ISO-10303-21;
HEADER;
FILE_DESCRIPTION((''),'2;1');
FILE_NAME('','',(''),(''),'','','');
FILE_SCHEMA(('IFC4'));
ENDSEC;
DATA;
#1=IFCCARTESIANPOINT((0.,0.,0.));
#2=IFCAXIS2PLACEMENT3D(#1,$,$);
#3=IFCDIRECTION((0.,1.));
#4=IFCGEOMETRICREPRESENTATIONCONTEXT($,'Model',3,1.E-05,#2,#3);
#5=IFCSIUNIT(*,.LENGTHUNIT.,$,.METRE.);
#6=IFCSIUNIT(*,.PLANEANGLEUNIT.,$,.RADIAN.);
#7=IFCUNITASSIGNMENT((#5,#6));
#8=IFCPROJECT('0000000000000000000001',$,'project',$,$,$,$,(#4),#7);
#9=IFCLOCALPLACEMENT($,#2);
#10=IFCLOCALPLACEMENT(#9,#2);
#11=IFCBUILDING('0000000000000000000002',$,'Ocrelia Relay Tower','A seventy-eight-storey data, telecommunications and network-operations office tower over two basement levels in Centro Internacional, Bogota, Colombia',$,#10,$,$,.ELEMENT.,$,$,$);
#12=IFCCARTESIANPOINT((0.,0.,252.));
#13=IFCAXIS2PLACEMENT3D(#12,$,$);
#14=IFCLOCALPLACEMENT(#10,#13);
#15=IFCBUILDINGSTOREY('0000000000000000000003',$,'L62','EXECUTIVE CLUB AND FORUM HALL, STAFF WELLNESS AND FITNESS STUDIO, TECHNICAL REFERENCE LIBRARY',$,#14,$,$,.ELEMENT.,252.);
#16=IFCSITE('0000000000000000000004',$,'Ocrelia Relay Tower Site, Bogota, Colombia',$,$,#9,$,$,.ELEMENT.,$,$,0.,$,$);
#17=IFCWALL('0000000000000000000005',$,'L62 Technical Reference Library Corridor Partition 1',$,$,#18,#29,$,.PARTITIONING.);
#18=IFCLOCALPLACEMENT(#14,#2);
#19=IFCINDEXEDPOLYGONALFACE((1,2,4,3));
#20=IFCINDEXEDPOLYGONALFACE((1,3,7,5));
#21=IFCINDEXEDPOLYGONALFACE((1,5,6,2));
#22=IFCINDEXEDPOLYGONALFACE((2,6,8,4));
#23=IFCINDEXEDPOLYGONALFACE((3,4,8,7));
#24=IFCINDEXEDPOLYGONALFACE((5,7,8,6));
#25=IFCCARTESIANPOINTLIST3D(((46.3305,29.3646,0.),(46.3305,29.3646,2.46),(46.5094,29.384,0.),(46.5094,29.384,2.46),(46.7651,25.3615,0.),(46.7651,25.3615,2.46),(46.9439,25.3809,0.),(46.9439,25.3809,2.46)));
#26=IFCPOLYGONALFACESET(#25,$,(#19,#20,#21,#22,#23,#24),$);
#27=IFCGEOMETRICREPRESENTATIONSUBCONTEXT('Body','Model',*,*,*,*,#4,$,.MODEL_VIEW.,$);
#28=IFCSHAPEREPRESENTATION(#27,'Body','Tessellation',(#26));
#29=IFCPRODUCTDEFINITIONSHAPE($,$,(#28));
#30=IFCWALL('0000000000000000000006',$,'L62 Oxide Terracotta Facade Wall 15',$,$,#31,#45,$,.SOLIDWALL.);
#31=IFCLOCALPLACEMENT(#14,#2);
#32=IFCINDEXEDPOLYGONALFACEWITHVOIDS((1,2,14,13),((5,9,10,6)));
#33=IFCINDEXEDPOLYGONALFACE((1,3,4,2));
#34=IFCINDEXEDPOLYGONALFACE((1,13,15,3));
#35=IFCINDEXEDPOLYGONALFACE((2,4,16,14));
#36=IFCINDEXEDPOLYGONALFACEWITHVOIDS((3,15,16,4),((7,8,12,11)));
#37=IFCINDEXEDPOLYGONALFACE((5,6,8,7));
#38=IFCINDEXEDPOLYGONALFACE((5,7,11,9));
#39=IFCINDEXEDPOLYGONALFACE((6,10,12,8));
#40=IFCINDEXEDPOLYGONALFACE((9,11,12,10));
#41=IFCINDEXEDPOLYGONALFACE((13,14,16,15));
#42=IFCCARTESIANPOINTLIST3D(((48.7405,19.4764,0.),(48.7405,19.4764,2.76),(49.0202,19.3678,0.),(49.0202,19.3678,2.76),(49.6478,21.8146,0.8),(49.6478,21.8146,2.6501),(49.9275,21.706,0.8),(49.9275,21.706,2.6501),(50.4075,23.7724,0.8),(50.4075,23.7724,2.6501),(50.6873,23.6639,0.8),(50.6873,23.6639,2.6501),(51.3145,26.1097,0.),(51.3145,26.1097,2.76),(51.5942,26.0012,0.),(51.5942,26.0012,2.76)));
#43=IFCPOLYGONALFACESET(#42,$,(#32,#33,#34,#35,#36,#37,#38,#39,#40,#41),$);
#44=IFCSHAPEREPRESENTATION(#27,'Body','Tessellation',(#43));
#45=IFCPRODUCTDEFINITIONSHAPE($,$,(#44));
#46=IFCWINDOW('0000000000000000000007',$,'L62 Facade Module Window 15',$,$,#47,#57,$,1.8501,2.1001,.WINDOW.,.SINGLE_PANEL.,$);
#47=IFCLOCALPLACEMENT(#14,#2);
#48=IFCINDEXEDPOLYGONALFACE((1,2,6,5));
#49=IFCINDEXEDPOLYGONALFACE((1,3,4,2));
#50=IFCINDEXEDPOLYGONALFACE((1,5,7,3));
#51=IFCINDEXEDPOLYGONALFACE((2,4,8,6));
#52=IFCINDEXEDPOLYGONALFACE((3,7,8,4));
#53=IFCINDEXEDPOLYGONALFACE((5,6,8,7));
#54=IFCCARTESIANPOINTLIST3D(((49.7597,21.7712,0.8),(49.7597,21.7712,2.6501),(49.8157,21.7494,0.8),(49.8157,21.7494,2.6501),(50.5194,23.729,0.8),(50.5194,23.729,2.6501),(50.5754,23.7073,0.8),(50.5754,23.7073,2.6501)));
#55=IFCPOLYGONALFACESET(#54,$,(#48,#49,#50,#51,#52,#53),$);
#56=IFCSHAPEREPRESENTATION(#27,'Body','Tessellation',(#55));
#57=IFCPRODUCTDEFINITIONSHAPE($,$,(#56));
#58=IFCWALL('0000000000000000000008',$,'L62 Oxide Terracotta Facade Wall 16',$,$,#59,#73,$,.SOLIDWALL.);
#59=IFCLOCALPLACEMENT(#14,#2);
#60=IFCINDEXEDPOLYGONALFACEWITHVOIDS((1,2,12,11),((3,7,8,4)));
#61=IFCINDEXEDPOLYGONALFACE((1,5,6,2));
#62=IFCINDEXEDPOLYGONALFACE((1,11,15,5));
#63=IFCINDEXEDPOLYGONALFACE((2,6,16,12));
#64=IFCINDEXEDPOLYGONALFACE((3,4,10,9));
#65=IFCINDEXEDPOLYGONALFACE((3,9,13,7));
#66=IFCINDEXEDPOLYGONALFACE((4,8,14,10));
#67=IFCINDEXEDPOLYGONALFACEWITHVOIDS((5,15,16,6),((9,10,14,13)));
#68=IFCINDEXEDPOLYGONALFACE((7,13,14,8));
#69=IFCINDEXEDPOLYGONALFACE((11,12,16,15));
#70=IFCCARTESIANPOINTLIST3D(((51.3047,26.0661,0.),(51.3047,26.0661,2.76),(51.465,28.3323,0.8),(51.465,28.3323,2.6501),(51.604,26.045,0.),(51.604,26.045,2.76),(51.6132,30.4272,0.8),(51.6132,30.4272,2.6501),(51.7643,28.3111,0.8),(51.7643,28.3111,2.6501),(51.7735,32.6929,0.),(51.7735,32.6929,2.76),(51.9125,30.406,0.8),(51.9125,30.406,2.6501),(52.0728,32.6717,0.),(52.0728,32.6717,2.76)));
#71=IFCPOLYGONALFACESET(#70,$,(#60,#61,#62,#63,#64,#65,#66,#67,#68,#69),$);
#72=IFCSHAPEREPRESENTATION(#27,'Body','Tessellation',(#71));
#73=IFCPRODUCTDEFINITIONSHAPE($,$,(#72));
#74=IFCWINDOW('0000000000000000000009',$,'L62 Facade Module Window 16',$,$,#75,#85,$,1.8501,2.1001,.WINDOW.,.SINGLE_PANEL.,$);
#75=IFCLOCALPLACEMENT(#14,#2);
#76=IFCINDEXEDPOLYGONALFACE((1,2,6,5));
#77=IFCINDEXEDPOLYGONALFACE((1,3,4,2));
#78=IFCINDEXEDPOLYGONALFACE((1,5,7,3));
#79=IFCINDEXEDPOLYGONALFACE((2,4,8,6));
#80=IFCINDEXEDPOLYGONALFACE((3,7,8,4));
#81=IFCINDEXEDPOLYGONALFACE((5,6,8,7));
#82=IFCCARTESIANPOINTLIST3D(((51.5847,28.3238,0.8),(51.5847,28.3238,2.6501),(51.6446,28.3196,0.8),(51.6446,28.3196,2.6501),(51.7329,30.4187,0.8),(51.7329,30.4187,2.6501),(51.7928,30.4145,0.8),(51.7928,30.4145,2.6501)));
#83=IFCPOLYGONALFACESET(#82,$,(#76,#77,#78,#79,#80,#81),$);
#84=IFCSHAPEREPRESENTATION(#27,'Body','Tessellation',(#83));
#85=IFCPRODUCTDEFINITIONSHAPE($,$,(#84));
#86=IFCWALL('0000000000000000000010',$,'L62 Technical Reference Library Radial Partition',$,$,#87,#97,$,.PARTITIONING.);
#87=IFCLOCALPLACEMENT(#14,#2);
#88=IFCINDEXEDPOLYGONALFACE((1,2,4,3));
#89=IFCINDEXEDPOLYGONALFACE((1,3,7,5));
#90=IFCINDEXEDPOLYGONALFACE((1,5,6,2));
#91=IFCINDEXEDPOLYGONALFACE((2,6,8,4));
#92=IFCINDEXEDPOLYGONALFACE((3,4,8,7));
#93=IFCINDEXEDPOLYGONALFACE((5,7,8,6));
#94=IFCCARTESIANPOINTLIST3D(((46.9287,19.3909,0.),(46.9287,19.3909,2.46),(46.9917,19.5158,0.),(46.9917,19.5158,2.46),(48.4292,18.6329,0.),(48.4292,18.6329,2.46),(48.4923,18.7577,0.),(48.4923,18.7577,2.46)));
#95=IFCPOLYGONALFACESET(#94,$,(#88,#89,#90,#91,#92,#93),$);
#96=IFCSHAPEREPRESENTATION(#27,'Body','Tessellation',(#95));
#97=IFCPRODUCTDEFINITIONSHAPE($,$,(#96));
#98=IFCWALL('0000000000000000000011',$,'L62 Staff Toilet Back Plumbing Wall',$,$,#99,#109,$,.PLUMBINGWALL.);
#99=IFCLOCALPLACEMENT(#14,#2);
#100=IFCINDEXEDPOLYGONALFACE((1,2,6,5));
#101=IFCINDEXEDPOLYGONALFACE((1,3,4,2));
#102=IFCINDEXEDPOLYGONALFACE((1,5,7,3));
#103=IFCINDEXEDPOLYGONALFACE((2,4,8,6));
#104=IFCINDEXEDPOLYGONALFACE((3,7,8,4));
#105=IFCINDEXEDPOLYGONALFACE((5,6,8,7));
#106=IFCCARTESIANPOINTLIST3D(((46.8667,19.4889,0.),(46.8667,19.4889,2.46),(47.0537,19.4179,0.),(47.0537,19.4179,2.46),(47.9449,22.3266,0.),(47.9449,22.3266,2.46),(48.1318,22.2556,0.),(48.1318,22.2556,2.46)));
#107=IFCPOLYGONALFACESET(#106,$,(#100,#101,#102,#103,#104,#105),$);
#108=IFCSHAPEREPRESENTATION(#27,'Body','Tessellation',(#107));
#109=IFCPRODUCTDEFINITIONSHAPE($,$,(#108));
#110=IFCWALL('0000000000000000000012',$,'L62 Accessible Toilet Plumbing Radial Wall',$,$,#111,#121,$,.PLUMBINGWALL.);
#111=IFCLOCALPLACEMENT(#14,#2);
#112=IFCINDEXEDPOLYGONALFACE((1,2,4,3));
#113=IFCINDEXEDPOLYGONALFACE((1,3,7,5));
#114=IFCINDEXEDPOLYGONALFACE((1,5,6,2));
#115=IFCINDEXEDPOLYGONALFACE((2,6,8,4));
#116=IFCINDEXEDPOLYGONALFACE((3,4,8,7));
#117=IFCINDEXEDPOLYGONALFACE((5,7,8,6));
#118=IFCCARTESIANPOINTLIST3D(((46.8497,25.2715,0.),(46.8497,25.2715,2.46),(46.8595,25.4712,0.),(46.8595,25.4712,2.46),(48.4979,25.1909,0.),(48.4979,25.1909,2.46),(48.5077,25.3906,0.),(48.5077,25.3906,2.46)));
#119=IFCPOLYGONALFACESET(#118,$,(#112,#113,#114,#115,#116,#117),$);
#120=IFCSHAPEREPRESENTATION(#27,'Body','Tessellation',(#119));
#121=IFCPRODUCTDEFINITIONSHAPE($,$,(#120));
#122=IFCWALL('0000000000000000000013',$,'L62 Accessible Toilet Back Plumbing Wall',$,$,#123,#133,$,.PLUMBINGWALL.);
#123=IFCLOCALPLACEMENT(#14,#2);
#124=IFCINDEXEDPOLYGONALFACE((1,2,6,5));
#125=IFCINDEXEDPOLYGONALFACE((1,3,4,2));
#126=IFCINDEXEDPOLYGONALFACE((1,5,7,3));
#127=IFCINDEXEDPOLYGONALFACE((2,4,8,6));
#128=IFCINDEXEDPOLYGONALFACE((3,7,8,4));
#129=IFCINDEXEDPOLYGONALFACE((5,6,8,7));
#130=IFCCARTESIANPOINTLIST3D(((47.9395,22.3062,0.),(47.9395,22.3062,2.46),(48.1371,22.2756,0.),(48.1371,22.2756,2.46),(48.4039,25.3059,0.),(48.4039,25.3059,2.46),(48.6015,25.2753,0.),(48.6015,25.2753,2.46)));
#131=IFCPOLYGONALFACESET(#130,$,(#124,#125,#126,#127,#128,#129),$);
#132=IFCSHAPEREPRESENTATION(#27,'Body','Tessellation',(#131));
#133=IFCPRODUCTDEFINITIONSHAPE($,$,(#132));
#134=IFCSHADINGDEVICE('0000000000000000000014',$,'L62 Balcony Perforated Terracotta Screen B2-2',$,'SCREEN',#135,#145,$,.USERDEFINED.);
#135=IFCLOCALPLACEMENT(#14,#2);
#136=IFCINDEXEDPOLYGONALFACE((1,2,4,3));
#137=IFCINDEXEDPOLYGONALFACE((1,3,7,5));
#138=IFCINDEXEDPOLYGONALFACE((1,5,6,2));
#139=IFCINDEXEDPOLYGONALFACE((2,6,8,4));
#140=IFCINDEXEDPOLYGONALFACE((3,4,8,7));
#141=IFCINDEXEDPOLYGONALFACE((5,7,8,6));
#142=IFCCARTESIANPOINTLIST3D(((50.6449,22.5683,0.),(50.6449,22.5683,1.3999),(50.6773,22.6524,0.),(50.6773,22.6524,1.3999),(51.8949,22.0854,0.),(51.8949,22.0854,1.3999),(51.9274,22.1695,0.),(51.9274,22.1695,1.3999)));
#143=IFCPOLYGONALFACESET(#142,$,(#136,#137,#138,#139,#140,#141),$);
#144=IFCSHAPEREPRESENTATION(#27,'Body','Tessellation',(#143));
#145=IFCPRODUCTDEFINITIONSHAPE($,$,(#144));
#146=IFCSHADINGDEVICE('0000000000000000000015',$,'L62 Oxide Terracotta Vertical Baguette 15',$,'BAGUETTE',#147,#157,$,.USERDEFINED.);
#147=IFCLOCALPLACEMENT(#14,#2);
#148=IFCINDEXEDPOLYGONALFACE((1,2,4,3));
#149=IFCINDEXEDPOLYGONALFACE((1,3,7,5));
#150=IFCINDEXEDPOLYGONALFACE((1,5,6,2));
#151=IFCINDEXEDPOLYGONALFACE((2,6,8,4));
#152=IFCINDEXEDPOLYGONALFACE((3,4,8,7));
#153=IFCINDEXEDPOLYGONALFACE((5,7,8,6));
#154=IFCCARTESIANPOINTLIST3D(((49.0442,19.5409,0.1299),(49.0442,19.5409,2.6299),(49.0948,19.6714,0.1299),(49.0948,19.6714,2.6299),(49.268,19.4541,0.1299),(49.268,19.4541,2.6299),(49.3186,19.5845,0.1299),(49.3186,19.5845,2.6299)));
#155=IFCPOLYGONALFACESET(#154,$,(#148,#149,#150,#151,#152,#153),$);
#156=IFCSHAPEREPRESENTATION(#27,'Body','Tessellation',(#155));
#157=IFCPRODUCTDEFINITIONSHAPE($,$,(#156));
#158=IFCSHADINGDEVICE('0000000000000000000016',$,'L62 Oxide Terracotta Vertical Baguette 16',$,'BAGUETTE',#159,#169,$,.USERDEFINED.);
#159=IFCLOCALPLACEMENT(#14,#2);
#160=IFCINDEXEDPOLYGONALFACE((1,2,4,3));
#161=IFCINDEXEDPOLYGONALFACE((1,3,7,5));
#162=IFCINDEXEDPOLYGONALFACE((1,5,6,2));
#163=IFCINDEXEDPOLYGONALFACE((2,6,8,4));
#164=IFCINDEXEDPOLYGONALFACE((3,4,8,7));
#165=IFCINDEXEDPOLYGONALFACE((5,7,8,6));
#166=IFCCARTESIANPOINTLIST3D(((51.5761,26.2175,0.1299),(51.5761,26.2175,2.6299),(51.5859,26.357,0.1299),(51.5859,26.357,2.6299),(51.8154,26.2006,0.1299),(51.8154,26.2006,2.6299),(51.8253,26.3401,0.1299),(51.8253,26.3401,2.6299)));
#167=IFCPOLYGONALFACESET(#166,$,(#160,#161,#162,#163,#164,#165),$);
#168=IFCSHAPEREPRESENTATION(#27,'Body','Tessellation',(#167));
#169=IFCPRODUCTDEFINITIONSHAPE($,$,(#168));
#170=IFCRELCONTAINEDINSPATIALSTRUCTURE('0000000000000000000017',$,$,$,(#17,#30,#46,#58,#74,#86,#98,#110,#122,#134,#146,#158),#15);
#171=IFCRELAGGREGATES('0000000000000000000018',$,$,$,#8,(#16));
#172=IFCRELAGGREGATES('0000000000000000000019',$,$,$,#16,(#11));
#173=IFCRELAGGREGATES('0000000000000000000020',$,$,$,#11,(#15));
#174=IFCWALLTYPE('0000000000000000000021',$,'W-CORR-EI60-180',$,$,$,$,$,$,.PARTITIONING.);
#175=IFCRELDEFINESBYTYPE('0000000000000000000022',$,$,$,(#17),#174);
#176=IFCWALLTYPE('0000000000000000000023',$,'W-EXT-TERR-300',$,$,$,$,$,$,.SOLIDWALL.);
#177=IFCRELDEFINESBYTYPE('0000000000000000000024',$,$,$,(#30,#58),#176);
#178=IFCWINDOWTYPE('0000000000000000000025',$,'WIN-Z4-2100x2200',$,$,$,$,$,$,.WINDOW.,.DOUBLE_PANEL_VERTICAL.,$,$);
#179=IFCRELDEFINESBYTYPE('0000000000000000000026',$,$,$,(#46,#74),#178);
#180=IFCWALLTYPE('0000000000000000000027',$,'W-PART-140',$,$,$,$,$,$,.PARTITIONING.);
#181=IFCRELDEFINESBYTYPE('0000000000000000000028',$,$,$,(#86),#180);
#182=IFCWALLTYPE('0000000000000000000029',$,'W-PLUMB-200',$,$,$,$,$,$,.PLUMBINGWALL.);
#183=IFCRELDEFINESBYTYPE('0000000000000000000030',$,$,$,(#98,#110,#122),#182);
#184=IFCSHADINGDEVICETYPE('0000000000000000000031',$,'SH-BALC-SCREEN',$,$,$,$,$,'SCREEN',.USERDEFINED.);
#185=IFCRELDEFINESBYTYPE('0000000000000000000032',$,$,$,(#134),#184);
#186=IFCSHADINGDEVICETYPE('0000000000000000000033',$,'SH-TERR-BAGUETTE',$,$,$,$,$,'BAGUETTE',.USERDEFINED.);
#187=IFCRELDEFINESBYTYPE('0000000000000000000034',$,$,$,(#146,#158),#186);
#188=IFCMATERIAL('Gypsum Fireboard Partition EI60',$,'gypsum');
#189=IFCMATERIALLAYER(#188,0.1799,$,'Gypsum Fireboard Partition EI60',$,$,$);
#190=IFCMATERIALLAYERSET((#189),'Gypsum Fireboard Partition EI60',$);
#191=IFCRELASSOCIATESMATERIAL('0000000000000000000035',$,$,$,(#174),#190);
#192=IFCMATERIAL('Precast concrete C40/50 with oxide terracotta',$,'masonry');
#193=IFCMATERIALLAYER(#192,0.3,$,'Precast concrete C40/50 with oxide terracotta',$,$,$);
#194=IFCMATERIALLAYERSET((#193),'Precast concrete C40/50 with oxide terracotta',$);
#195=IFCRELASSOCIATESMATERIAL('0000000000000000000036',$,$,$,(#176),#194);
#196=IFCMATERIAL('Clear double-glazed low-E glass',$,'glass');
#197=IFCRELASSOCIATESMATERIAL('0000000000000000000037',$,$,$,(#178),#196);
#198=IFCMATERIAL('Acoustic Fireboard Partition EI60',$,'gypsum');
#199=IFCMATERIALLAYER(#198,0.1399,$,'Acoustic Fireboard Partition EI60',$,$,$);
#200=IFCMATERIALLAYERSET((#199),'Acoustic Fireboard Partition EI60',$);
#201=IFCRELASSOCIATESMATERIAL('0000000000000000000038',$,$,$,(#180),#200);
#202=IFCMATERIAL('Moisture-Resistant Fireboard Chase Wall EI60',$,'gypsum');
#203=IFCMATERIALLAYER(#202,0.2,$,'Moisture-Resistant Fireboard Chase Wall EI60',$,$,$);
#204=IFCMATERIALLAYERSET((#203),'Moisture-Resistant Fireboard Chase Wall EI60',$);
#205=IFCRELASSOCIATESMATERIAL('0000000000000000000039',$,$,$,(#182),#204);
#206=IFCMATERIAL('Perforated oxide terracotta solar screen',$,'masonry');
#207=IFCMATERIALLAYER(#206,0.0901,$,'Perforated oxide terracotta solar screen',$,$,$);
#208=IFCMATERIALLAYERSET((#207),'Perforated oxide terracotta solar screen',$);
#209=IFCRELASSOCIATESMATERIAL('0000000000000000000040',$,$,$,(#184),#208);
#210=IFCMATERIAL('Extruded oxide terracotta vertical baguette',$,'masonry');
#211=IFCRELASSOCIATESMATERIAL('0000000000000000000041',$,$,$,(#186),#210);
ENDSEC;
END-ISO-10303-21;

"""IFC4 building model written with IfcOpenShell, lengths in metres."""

from ifc_helpers import new_model, si_unit, direction, frame, frame_2d, origin, origin_2d, place, context, subcontext, project, spatial, rectangle, extrude, material, layer, layer_set, type_object, element, fill, save


model = new_model("IFC4")

# Units and contexts
model_context = context("Model", 3, precision=1e-05, world=origin(), true_north=direction((0.0, 1.0)))
body_context = subcontext(model_context, "Body", "Model", "MODEL_VIEW")
ifc_project = project(units=[si_unit("LENGTHUNIT", "METRE"), si_unit("PLANEANGLEUNIT", "RADIAN")], contexts=[model_context])

# Site, building, storey
site_placement = place(None, origin())
site = spatial("IfcSite", under=ifc_project, at=site_placement, Name="Ocrelia Relay Tower Site, Bogota, Colombia", CompositionType="ELEMENT", RefElevation=0.0)
building_placement = place(site_placement, origin())
building = spatial("IfcBuilding", under=site, at=building_placement, Name="Ocrelia Relay Tower", Description="A seventy-eight-storey data, telecommunications and network-operations office tower over two basement levels in Centro Internacional, Bogota, Colombia", CompositionType="ELEMENT")
storey_placement = place(building_placement, frame((0.0, 0.0, 252.0)))
storey = spatial("IfcBuildingStorey", under=building, at=storey_placement, Name="L62", Description="EXECUTIVE CLUB AND FORUM HALL, STAFF WELLNESS AND FITNESS STUDIO, TECHNICAL REFERENCE LIBRARY", CompositionType="ELEMENT", Elevation=252.0)

# Wall
ifc_material_1 = material(Name="Gypsum Fireboard Partition EI60", Category="gypsum")
ifc_layer_1 = layer(ifc_material_1, 0.1799, Name="Gypsum Fireboard Partition EI60")
ifc_layer_set_1 = layer_set([ifc_layer_1], Name="Gypsum Fireboard Partition EI60")
wall_type_1 = type_object("IfcWallType", Name="W-CORR-EI60-180", PredefinedType="PARTITIONING", material=ifc_layer_set_1)
wall_1_placement = place(storey_placement, frame((46.8545, 25.3713, 0.0), z_axis=(0.0, 0.0, 1.0), x_axis=(-0.107922, 0.994159, 0.0)))
element("IfcWall", 1, at=wall_1_placement, inside=storey, type_object=wall_type_1, Name="L62 Technical Reference Library Corridor Partition 1", PredefinedType="PARTITIONING", context=body_context, shape_type="SweptSolid", body=[
    extrude(rectangle(XDim=4.0266, YDim=0.1799, at=frame_2d((2.0132, 0.0))), origin(), (0.0, 0.0, 1.0), 2.46),
])

# Walls, openings, windows
ifc_material_2 = material(Name="Precast concrete C40/50 with oxide terracotta", Category="masonry")
ifc_layer_2 = layer(ifc_material_2, 0.3, Name="Precast concrete C40/50 with oxide terracotta")
ifc_layer_set_2 = layer_set([ifc_layer_2], Name="Precast concrete C40/50 with oxide terracotta")
wall_type_2 = type_object("IfcWallType", Name="W-EXT-TERR-300", PredefinedType="SOLIDWALL", material=ifc_layer_set_2)
wall_2_placement = place(storey_placement, frame((48.8804, 19.4221, 0.0), z_axis=(0.0, 0.0, 1.0), x_axis=(0.361757, 0.932272, 0.0)))
wall_2 = element("IfcWall", 2, at=wall_2_placement, inside=storey, type_object=wall_type_2, Name="L62 Oxide Terracotta Facade Wall 15", PredefinedType="SOLIDWALL", context=body_context, shape_type="SweptSolid", body=[
    extrude(rectangle(XDim=7.1152, YDim=0.3, at=frame_2d((3.5576, 0.0))), origin(), (0.0, 0.0, 1.0), 2.76),
])
opening_1_placement = place(wall_2_placement, frame((2.5081, 0.0, 0.8)))
opening_1 = element("IfcOpeningElement", 3, at=opening_1_placement, cuts=wall_2, PredefinedType="OPENING", context=body_context, shape_type="SweptSolid", body=[
    extrude(rectangle(XDim=2.1001, YDim=1.8501, at=frame_2d((1.05, 0.925))), frame((0.0, 0.1602, 0.0), z_axis=(0.0, -1.0, 0.0), x_axis=(1.0, 0.0, 0.0)), (0.0, 0.0, 1.0), 0.3201),
])
ifc_material_3 = material(Name="Clear double-glazed low-E glass", Category="glass")
window_type = type_object("IfcWindowType", Name="WIN-Z4-2100x2200", PartitioningType="DOUBLE_PANEL_VERTICAL", PredefinedType="WINDOW", material=ifc_material_3)
window_1_placement = place(opening_1_placement, origin())
window_1 = element("IfcWindow", 4, at=window_1_placement, inside=storey, type_object=window_type, Name="L62 Facade Module Window 15", OverallHeight=1.8501, OverallWidth=2.1001, PartitioningType="SINGLE_PANEL", PredefinedType="WINDOW", context=body_context, shape_type="SweptSolid", body=[
    extrude(rectangle(XDim=2.1001, YDim=1.8501, at=frame_2d((1.05, 0.925))), frame((0.0, 0.03, 0.0), z_axis=(0.0, -1.0, 0.0), x_axis=(1.0, 0.0, 0.0)), (0.0, 0.0, 1.0), 0.0601),
])
fill(opening_1, window_1)
wall_3_placement = place(storey_placement, frame((51.4543, 26.0554, 0.0), z_axis=(0.0, 0.0, 1.0), x_axis=(0.07056, 0.997508, 0.0)))
wall_3 = element("IfcWall", 5, at=wall_3_placement, inside=storey, type_object=wall_type_2, Name="L62 Oxide Terracotta Facade Wall 16", PredefinedType="SOLIDWALL", context=body_context, shape_type="SweptSolid", body=[
    extrude(rectangle(XDim=6.6433, YDim=0.3, at=frame_2d((3.3218, 0.0))), origin(), (0.0, 0.0, 1.0), 2.76),
])
opening_2_placement = place(wall_3_placement, frame((2.272, 0.0, 0.8)))
opening_2 = element("IfcOpeningElement", 6, at=opening_2_placement, cuts=wall_3, PredefinedType="OPENING", context=body_context, shape_type="SweptSolid", body=[
    extrude(rectangle(XDim=2.1001, YDim=1.8501, at=frame_2d((1.05, 0.925))), frame((0.0, 0.1602, 0.0), z_axis=(0.0, -1.0, 0.0), x_axis=(1.0, 0.0, 0.0)), (0.0, 0.0, 1.0), 0.3201),
])
window_2_placement = place(opening_2_placement, origin())
window_2 = element("IfcWindow", 7, at=window_2_placement, inside=storey, type_object=window_type, Name="L62 Facade Module Window 16", OverallHeight=1.8501, OverallWidth=2.1001, PartitioningType="SINGLE_PANEL", PredefinedType="WINDOW", context=body_context, shape_type="SweptSolid", body=[
    extrude(rectangle(XDim=2.1001, YDim=1.8501, at=frame_2d((1.05, 0.925))), frame((0.0, 0.03, 0.0), z_axis=(0.0, -1.0, 0.0), x_axis=(1.0, 0.0, 0.0)), (0.0, 0.0, 1.0), 0.0601),
])
fill(opening_2, window_2)

# Walls
ifc_material_4 = material(Name="Acoustic Fireboard Partition EI60", Category="gypsum")
ifc_layer_3 = layer(ifc_material_4, 0.1399, Name="Acoustic Fireboard Partition EI60")
ifc_layer_set_3 = layer_set([ifc_layer_3], Name="Acoustic Fireboard Partition EI60")
wall_type_3 = type_object("IfcWallType", Name="W-PART-140", PredefinedType="PARTITIONING", material=ifc_layer_set_3)
wall_4_placement = place(storey_placement, frame((46.9602, 19.4534, 0.0), z_axis=(0.0, 0.0, 1.0), x_axis=(0.892561, -0.450928, 0.0)))
element("IfcWall", 8, at=wall_4_placement, inside=storey, type_object=wall_type_3, Name="L62 Technical Reference Library Radial Partition", PredefinedType="PARTITIONING", context=body_context, shape_type="SweptSolid", body=[
    extrude(rectangle(XDim=1.6812, YDim=0.1399, at=frame_2d((0.8406, 0.0))), origin(), (0.0, 0.0, 1.0), 2.46),
])
ifc_material_5 = material(Name="Moisture-Resistant Fireboard Chase Wall EI60", Category="gypsum")
ifc_layer_4 = layer(ifc_material_5, 0.2, Name="Moisture-Resistant Fireboard Chase Wall EI60")
ifc_layer_set_4 = layer_set([ifc_layer_4], Name="Moisture-Resistant Fireboard Chase Wall EI60")
wall_type_4 = type_object("IfcWallType", Name="W-PLUMB-200", PredefinedType="PLUMBINGWALL", material=ifc_layer_set_4)
wall_5_placement = place(storey_placement, frame((46.9602, 19.4534, 0.0), z_axis=(0.0, 0.0, 1.0), x_axis=(0.355166, 0.934803, 0.0)))
element("IfcWall", 9, at=wall_5_placement, inside=storey, type_object=wall_type_4, Name="L62 Staff Toilet Back Plumbing Wall", PredefinedType="PLUMBINGWALL", context=body_context, shape_type="SweptSolid", body=[
    extrude(rectangle(XDim=3.0356, YDim=0.2, at=frame_2d((1.5178, 0.0))), origin(), (0.0, 0.0, 1.0), 2.46),
])
wall_6_placement = place(storey_placement, frame((46.8545, 25.3713, 0.0), z_axis=(0.0, 0.0, 1.0), x_axis=(0.998807, -0.048823, 0.0)))
element("IfcWall", 10, at=wall_6_placement, inside=storey, type_object=wall_type_4, Name="L62 Accessible Toilet Plumbing Radial Wall", PredefinedType="PLUMBINGWALL", context=body_context, shape_type="SweptSolid", body=[
    extrude(rectangle(XDim=1.6501, YDim=0.2, at=frame_2d((0.8252, 0.0))), origin(), (0.0, 0.0, 1.0), 2.46),
])
wall_7_placement = place(storey_placement, frame((48.0383, 22.291, 0.0), z_axis=(0.0, 0.0, 1.0), x_axis=(0.152976, 0.98823, 0.0)))
element("IfcWall", 11, at=wall_7_placement, inside=storey, type_object=wall_type_4, Name="L62 Accessible Toilet Back Plumbing Wall", PredefinedType="PLUMBINGWALL", context=body_context, shape_type="SweptSolid", body=[
    extrude(rectangle(XDim=3.0354, YDim=0.2, at=frame_2d((1.5176, 0.0))), origin(), (0.0, 0.0, 1.0), 2.46),
])

# Shading devices
ifc_material_6 = material(Name="Perforated oxide terracotta solar screen", Category="masonry")
ifc_layer_5 = layer(ifc_material_6, 0.0901, Name="Perforated oxide terracotta solar screen")
ifc_layer_set_5 = layer_set([ifc_layer_5], Name="Perforated oxide terracotta solar screen")
shading_device_type_1 = type_object("IfcShadingDeviceType", Name="SH-BALC-SCREEN", ElementType="SCREEN", PredefinedType="USERDEFINED", material=ifc_layer_set_5)
shading_device_1_placement = place(storey_placement, frame((51.2861, 22.3689, 0.0), z_axis=(0.0, 0.0, 1.0), x_axis=(0.932821, -0.36034, 0.0)))
element("IfcShadingDevice", 12, at=shading_device_1_placement, inside=storey, type_object=shading_device_type_1, Name="L62 Balcony Perforated Terracotta Screen B2-2", ObjectType="SCREEN", PredefinedType="USERDEFINED", context=body_context, shape_type="SweptSolid", body=[
    extrude(rectangle(XDim=1.3401, YDim=0.0901, at=origin_2d()), origin(), (0.0, 0.0, 1.0), 1.3999),
])
ifc_material_7 = material(Name="Extruded oxide terracotta vertical baguette", Category="masonry")
shading_device_type_2 = type_object("IfcShadingDeviceType", Name="SH-TERR-BAGUETTE", ElementType="BAGUETTE", PredefinedType="USERDEFINED", material=ifc_material_7)
for number, where, z_axis, x_axis, name in (
    (13, (49.1814, 19.5627, 0.1299), (0.0, 0.0, 1.0), (0.361773, 0.932266, 0.0), "L62 Oxide Terracotta Vertical Baguette 15"),
    (14, (51.7007, 26.2788, 0.1299), (0.0, 0.0, 1.0), (0.070554, 0.997508, 0.0), "L62 Oxide Terracotta Vertical Baguette 16"),
):
    element("IfcShadingDevice", number, at=place(storey_placement, frame(where, z_axis=z_axis, x_axis=x_axis)), inside=storey, type_object=shading_device_type_2, Name=name, ObjectType="BAGUETTE", PredefinedType="USERDEFINED", context=body_context, shape_type="SweptSolid", body=[
        extrude(rectangle(XDim=0.1399, YDim=0.24, at=origin_2d()), origin(), (0.0, 0.0, 1.0), 2.5),
    ])

save(model, "model.ifc")
